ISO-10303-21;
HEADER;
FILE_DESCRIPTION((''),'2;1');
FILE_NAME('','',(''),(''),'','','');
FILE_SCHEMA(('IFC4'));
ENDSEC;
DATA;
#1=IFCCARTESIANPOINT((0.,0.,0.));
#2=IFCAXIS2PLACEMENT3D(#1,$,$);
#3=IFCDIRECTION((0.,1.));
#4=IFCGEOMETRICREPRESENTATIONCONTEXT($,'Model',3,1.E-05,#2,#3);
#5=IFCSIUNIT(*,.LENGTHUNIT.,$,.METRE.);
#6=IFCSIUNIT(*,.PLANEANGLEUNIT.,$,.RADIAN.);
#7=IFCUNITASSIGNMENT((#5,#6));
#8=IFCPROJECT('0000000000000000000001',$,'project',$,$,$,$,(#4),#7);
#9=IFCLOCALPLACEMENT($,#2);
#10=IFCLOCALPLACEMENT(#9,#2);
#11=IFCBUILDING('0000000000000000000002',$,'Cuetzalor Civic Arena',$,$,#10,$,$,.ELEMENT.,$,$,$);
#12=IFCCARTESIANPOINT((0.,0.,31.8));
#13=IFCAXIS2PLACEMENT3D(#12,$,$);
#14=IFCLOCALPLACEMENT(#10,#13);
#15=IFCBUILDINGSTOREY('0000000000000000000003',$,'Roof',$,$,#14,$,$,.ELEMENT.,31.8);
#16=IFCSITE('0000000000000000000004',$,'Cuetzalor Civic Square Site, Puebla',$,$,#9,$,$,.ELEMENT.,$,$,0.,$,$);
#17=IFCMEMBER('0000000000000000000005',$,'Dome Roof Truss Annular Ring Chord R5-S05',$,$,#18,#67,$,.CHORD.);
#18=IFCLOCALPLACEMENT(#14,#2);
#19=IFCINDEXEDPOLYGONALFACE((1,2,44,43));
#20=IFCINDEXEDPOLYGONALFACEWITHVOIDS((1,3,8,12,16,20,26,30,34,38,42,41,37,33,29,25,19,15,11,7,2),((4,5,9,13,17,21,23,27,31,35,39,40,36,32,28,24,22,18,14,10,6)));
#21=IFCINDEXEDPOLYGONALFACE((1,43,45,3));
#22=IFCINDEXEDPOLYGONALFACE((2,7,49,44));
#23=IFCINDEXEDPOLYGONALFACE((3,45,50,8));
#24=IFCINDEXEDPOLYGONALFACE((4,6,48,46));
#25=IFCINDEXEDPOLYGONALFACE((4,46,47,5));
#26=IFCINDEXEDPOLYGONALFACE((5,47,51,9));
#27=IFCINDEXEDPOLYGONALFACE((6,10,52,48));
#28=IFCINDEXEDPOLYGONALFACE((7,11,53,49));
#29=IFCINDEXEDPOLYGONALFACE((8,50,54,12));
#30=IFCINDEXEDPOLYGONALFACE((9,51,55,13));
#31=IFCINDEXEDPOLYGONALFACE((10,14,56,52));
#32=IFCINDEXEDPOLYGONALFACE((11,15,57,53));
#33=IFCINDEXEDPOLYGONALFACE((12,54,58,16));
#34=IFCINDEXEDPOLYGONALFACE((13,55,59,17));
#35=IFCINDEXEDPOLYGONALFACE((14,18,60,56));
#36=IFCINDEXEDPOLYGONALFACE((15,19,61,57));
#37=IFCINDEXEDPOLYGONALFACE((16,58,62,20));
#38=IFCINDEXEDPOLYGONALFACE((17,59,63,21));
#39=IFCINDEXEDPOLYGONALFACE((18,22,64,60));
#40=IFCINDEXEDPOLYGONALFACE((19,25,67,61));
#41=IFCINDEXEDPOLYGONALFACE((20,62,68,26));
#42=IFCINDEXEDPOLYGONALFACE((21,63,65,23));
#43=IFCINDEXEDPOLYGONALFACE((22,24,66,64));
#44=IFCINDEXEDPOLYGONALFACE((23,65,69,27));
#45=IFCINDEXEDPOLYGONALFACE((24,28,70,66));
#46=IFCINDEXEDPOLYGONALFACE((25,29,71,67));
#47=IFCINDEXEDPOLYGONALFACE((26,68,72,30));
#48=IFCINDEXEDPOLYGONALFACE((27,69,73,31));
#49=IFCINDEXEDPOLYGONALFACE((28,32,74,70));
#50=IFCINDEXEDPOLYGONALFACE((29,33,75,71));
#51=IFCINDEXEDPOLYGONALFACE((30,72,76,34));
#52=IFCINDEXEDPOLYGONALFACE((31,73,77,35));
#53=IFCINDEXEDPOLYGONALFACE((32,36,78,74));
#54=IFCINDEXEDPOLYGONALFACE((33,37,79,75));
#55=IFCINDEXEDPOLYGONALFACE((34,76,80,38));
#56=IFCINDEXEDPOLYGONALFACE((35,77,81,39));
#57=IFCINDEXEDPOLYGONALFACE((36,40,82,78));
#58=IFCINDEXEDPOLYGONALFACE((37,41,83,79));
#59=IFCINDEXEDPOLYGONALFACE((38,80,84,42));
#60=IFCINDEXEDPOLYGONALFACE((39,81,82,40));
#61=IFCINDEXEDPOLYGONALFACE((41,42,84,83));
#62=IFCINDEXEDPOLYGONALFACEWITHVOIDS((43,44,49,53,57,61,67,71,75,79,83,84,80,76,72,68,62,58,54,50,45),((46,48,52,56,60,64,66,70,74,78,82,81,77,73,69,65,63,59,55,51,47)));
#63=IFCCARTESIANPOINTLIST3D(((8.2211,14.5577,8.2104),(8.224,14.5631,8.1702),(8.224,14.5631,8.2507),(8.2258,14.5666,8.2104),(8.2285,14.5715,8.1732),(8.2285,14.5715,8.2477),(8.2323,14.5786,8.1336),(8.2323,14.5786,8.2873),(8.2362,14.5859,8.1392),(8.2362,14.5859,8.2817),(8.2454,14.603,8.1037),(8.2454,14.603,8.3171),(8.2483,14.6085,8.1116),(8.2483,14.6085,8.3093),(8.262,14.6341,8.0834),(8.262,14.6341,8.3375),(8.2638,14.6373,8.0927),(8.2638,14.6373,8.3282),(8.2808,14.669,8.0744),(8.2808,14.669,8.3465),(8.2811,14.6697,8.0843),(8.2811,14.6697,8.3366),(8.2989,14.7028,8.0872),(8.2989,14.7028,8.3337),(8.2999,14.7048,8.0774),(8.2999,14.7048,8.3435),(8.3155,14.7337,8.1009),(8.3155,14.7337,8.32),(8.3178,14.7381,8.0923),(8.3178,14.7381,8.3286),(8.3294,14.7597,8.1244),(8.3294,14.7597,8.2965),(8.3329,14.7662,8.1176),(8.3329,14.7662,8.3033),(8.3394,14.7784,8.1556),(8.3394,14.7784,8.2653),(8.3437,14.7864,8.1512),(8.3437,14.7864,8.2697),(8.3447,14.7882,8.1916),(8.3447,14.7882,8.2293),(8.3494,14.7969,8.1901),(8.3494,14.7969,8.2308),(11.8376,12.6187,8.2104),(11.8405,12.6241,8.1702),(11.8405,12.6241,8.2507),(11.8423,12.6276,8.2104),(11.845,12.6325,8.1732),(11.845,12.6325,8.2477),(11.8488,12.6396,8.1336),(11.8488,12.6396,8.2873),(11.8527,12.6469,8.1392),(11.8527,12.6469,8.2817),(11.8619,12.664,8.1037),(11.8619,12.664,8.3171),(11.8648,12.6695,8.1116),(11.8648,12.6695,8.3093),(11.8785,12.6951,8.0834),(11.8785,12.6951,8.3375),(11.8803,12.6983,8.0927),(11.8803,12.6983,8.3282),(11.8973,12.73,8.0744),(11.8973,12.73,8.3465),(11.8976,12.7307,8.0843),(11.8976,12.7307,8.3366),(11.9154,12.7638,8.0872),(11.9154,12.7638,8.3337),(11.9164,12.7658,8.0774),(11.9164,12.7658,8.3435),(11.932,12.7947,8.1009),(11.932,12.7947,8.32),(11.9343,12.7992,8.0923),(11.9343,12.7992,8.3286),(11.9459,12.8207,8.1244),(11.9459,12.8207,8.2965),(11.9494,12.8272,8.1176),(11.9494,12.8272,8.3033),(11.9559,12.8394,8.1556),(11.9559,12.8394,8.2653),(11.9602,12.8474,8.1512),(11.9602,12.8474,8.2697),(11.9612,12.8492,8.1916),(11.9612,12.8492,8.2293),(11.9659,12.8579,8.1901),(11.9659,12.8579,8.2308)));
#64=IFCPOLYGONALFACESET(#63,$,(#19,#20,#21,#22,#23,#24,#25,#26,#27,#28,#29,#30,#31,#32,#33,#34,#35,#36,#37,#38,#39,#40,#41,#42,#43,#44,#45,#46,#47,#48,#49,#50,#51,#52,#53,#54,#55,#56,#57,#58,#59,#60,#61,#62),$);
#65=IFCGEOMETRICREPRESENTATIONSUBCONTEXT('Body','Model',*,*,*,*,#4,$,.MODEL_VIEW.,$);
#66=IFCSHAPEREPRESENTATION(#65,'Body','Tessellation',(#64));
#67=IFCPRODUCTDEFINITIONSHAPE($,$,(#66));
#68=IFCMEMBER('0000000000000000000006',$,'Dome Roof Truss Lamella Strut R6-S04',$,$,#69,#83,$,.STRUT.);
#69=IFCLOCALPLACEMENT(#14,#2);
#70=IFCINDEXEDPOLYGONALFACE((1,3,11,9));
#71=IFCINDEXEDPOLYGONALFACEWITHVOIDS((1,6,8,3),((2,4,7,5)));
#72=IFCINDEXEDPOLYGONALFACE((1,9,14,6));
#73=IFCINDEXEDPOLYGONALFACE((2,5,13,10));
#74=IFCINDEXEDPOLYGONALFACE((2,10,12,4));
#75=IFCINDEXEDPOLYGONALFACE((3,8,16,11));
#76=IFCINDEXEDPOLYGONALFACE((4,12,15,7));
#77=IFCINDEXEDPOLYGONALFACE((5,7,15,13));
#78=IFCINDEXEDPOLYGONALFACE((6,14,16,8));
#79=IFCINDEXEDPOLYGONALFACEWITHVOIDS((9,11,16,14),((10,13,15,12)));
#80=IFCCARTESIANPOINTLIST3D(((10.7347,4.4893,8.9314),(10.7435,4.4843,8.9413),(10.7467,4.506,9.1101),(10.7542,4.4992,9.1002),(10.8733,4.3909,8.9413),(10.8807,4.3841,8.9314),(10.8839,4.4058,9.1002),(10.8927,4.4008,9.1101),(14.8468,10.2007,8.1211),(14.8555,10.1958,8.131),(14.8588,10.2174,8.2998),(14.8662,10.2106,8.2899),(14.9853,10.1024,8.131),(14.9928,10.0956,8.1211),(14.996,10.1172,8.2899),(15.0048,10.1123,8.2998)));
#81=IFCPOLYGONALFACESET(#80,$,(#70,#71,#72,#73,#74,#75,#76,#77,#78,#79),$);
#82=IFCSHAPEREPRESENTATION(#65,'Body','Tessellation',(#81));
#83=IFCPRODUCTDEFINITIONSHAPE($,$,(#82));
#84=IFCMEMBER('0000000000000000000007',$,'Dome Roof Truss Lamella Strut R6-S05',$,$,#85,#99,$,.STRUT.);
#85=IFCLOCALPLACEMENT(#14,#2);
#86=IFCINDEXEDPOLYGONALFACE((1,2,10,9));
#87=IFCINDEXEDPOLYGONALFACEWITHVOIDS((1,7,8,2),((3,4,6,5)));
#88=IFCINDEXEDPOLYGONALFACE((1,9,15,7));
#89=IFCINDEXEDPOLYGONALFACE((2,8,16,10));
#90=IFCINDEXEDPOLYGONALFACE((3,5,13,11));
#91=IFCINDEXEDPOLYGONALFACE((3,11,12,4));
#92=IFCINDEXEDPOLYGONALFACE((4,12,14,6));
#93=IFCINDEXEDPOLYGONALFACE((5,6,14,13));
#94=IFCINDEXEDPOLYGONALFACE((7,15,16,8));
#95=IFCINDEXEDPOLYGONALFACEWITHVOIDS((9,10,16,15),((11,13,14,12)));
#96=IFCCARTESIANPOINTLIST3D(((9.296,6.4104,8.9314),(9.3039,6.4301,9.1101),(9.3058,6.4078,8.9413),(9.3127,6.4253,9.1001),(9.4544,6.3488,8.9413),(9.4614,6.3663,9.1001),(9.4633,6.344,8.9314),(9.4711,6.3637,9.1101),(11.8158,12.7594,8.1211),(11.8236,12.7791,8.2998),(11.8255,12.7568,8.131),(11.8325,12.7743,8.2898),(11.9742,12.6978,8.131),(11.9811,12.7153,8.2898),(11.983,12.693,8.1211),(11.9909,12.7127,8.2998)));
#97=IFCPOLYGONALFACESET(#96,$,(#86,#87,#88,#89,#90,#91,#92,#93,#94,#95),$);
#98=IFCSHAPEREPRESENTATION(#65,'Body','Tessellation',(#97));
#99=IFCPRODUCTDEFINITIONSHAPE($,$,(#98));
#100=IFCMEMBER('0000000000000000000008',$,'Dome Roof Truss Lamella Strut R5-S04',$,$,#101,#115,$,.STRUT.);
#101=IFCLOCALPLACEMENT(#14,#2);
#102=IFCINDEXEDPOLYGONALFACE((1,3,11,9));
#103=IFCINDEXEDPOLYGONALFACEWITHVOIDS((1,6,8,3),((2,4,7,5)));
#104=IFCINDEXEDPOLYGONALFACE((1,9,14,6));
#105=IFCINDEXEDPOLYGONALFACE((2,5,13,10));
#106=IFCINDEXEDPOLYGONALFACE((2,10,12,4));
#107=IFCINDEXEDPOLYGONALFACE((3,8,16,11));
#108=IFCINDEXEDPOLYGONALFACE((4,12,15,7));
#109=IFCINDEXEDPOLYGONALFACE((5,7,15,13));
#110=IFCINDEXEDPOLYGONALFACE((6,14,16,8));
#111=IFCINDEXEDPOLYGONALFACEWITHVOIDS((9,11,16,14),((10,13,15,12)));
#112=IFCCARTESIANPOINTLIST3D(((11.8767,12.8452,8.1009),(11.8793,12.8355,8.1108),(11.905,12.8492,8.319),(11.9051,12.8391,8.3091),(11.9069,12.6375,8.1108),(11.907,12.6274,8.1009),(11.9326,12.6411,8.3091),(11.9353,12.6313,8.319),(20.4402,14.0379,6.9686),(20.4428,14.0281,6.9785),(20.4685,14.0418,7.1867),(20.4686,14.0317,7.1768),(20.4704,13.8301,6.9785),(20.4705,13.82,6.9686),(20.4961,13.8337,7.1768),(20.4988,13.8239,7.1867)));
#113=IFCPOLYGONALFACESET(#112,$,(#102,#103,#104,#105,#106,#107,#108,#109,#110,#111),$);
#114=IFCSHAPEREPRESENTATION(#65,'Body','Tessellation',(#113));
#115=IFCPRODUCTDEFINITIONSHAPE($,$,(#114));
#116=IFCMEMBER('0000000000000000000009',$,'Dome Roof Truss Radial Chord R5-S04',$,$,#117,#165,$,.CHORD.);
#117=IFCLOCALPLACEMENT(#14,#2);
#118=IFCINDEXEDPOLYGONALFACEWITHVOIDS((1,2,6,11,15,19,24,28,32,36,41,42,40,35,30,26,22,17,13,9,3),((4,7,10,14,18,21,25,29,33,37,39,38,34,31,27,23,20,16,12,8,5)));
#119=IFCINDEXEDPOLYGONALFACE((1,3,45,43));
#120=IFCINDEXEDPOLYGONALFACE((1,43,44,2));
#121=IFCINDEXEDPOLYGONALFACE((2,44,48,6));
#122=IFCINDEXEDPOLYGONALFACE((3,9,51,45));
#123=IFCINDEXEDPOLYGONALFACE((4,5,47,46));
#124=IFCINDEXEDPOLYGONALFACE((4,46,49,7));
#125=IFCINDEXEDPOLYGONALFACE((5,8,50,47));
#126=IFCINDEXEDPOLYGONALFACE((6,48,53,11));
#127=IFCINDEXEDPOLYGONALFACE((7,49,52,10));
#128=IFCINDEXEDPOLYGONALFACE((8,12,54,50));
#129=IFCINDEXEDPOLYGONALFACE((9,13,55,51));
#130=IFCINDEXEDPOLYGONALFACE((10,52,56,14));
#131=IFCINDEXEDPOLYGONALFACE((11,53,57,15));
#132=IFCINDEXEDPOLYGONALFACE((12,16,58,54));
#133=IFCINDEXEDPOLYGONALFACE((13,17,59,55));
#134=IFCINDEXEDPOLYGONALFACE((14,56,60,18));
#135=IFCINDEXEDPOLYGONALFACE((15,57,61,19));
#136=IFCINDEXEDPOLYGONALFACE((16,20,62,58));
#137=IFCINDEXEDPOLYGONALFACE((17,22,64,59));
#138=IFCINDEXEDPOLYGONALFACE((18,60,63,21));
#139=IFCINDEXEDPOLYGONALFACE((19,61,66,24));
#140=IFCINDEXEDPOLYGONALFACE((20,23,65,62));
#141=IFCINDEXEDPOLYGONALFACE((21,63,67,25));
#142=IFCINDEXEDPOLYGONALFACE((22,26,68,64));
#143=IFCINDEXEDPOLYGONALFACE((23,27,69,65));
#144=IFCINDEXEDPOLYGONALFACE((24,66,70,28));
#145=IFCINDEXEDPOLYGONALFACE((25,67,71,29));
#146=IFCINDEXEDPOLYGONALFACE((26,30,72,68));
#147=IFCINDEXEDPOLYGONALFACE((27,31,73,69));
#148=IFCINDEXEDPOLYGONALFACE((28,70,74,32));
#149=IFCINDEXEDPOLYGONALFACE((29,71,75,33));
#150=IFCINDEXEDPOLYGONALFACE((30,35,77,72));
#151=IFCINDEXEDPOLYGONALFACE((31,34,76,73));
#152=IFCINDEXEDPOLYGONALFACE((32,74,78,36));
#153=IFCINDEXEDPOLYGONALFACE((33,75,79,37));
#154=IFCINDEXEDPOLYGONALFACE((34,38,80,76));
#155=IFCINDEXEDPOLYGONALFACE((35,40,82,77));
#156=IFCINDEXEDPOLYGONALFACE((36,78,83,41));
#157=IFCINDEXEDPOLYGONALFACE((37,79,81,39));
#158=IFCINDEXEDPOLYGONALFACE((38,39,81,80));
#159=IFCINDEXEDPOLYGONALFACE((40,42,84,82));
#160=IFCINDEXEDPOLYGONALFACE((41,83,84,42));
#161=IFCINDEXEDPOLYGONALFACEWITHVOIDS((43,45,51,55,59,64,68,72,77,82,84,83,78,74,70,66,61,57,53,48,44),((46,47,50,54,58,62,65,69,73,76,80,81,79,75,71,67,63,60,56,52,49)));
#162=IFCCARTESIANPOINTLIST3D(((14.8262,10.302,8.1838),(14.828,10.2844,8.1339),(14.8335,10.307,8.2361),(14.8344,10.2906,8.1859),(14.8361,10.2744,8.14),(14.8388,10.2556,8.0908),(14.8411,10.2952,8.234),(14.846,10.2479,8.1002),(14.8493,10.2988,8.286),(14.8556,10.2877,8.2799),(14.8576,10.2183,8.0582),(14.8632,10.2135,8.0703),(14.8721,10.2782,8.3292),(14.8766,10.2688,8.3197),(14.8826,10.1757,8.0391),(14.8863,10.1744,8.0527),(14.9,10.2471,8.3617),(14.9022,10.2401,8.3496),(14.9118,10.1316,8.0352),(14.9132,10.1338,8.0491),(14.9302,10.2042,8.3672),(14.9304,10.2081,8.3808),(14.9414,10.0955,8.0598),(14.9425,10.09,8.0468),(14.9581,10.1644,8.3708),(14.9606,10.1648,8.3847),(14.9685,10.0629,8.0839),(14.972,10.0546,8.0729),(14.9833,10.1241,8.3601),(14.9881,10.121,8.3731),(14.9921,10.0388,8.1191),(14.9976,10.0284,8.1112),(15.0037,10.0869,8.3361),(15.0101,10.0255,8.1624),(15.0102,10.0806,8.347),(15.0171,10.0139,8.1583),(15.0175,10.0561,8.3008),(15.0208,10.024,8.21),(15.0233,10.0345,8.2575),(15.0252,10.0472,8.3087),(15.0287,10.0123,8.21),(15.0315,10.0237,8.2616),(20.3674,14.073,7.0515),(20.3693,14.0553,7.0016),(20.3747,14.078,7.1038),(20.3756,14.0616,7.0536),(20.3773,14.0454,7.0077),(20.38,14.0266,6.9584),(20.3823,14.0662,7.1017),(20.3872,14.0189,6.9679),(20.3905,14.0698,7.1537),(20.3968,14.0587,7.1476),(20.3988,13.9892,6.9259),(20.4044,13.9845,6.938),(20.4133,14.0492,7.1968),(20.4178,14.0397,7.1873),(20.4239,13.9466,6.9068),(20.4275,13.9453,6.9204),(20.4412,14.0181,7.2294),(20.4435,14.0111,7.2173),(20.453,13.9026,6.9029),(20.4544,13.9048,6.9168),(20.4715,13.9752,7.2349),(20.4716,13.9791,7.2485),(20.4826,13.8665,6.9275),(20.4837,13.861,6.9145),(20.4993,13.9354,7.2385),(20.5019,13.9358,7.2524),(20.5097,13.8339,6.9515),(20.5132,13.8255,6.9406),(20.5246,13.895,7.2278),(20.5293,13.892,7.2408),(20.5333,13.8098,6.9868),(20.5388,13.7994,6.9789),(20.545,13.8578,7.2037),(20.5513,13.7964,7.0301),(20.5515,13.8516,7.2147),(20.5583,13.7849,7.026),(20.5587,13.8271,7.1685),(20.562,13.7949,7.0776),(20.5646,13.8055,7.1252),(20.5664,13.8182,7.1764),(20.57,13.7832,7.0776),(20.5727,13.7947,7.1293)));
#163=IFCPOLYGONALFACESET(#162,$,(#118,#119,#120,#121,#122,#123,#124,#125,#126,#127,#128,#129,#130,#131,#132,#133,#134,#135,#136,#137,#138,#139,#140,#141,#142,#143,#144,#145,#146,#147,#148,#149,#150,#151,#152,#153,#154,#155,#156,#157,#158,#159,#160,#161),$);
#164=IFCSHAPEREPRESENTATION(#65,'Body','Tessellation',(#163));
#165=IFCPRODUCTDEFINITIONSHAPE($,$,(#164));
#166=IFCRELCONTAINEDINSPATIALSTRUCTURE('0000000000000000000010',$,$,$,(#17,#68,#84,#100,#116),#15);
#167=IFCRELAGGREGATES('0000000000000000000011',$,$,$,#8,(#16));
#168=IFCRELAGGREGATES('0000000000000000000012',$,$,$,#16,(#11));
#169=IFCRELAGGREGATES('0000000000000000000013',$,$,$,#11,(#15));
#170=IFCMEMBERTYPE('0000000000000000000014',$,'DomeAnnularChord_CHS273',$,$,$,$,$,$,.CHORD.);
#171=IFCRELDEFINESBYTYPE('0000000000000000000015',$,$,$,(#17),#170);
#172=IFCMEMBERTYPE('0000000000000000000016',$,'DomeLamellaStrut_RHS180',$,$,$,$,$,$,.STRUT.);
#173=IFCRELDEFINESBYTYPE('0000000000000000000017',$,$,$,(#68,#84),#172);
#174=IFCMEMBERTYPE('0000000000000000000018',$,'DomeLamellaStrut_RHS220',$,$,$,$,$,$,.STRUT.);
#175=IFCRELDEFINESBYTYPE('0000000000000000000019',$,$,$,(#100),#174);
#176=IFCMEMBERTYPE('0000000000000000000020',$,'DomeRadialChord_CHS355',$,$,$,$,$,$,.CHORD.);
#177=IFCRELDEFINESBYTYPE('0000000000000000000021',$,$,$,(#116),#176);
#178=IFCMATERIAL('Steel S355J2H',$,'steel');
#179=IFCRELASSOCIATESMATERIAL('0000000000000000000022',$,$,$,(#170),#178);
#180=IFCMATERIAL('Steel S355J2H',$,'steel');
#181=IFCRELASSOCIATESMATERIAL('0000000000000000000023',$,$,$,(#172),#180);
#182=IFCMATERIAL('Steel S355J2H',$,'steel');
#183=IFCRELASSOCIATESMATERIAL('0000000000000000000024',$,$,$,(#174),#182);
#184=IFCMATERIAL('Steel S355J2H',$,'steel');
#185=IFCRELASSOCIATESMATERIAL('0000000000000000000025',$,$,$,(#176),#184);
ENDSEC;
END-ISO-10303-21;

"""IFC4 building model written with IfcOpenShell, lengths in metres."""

from ifc_helpers import new_model, si_unit, direction, frame, origin, origin_2d, place, context, subcontext, project, spatial, hollow_rectangle, hollow_circle, extrude, material, material_profile, profile_set, type_object, element, save


model = new_model("IFC4")

# Units and contexts
model_context = context("Model", 3, precision=1e-05, world=origin(), true_north=direction((0.0, 1.0)))
body_context = subcontext(model_context, "Body", "Model", "MODEL_VIEW")
ifc_project = project(units=[si_unit("LENGTHUNIT", "METRE"), si_unit("PLANEANGLEUNIT", "RADIAN")], contexts=[model_context])

# Site, building, storey
site_placement = place(None, origin())
site = spatial("IfcSite", under=ifc_project, at=site_placement, Name="Cuetzalor Civic Square Site, Puebla", CompositionType="ELEMENT", RefElevation=0.0)
building_placement = place(site_placement, origin())
building = spatial("IfcBuilding", under=site, at=building_placement, Name="Cuetzalor Civic Arena", CompositionType="ELEMENT")
storey_placement = place(building_placement, frame((0.0, 0.0, 31.8)))
storey = spatial("IfcBuildingStorey", under=building, at=storey_placement, Name="Roof", CompositionType="ELEMENT", Elevation=31.8)

# Members
ifc_material_1 = material(Name="Steel S355J2H", Category="steel")
ifc_material_profile_1 = material_profile(ifc_material_1, hollow_circle(Radius=0.1365, WallThickness=0.01, at=origin_2d()), Name="CHS 273x10")
ifc_profile_set_1 = profile_set([ifc_material_profile_1], Name="Steel S355J2H")
member_type_1 = type_object("IfcMemberType", Name="DomeAnnularChord_CHS273", PredefinedType="CHORD", material=ifc_profile_set_1)
member_1_placement = place(storey_placement, frame((11.9021, 12.739, 8.2104), z_axis=(-0.88132, 0.47252, 0.0), x_axis=(-0.47252, -0.88132, 0.0)))
element("IfcMember", 1, at=member_1_placement, inside=storey, type_object=member_type_1, Name="Dome Roof Truss Annular Ring Chord R5-S05", PredefinedType="CHORD", context=body_context, shape_type="SweptSolid", body=[
    extrude(hollow_circle(Radius=0.1365, WallThickness=0.01, at=origin_2d()), origin(), (0.0, 0.0, 1.0), 4.1035),
])
ifc_material_2 = material(Name="Steel S355J2H", Category="steel")
ifc_material_profile_2 = material_profile(ifc_material_2, hollow_rectangle(XDim=0.1799, YDim=0.1799, WallThickness=0.01, at=origin_2d()), Name="RHS 180x180x10")
ifc_profile_set_2 = profile_set([ifc_material_profile_2], Name="Steel S355J2H")
member_type_2 = type_object("IfcMemberType", Name="DomeLamellaStrut_RHS180", PredefinedType="STRUT", material=ifc_profile_set_2)
member_2_placement = place(storey_placement, frame((14.9258, 10.1565, 8.2104), z_axis=(-0.580454, -0.806219, 0.114382), x_axis=(0.811546, -0.584289, 0.0)))
element("IfcMember", 2, at=member_2_placement, inside=storey, type_object=member_type_2, Name="Dome Roof Truss Lamella Strut R6-S04", PredefinedType="STRUT", context=body_context, shape_type="SweptSolid", body=[
    extrude(hollow_rectangle(XDim=0.1799, YDim=0.1799, WallThickness=0.01, at=origin_2d()), origin(), (0.0, 0.0, 1.0), 7.0842),
])
member_3_placement = place(storey_placement, frame((11.9033, 12.7361, 8.2104), z_axis=(-0.366313, -0.923005, 0.117798), x_axis=(0.929477, -0.368881, 0.0)))
element("IfcMember", 3, at=member_3_placement, inside=storey, type_object=member_type_2, Name="Dome Roof Truss Lamella Strut R6-S05", PredefinedType="STRUT", context=body_context, shape_type="SweptSolid", body=[
    extrude(hollow_rectangle(XDim=0.1799, YDim=0.1799, WallThickness=0.01, at=origin_2d()), origin(), (0.0, 0.0, 1.0), 6.8787),
])
ifc_material_3 = material(Name="Steel S355J2H", Category="steel")
ifc_material_profile_3 = material_profile(ifc_material_3, hollow_rectangle(XDim=0.22, YDim=0.22, WallThickness=0.01, at=origin_2d()), Name="RHS 220x220x10")
ifc_profile_set_3 = profile_set([ifc_material_profile_3], Name="Steel S355J2H")
member_type_3 = type_object("IfcMemberType", Name="DomeLamellaStrut_RHS220", PredefinedType="STRUT", material=ifc_profile_set_3)
member_4_placement = place(storey_placement, frame((20.4695, 13.9309, 7.0776), z_axis=(-0.982055, -0.13677, 0.129854), x_axis=(0.137938, -0.990441, 0.0)))
element("IfcMember", 4, at=member_4_placement, inside=storey, type_object=member_type_3, Name="Dome Roof Truss Lamella Strut R5-S04", PredefinedType="STRUT", context=body_context, shape_type="SweptSolid", body=[
    extrude(hollow_rectangle(XDim=0.22, YDim=0.22, WallThickness=0.01, at=origin_2d()), origin(), (0.0, 0.0, 1.0), 8.72),
])
ifc_material_4 = material(Name="Steel S355J2H", Category="steel")
ifc_material_profile_4 = material_profile(ifc_material_4, hollow_circle(Radius=0.1777, WallThickness=0.0142, at=origin_2d()), Name="CHS 355.6x14.2")
ifc_profile_set_4 = profile_set([ifc_material_profile_4], Name="Steel S355J2H")
member_type_4 = type_object("IfcMemberType", Name="DomeRadialChord_CHS355", PredefinedType="CHORD", material=ifc_profile_set_4)
member_5_placement = place(storey_placement, frame((20.47, 13.9302, 7.0776), z_axis=(-0.815172, -0.554749, 0.166576), x_axis=(0.56261, -0.826723, 0.0)))
element("IfcMember", 5, at=member_5_placement, inside=storey, type_object=member_type_4, Name="Dome Roof Truss Radial Chord R5-S04", PredefinedType="CHORD", context=body_context, shape_type="SweptSolid", body=[
    extrude(hollow_circle(Radius=0.1777, WallThickness=0.0142, at=origin_2d()), origin(), (0.0, 0.0, 1.0), 6.7976),
])

save(model, "model.ifc")
